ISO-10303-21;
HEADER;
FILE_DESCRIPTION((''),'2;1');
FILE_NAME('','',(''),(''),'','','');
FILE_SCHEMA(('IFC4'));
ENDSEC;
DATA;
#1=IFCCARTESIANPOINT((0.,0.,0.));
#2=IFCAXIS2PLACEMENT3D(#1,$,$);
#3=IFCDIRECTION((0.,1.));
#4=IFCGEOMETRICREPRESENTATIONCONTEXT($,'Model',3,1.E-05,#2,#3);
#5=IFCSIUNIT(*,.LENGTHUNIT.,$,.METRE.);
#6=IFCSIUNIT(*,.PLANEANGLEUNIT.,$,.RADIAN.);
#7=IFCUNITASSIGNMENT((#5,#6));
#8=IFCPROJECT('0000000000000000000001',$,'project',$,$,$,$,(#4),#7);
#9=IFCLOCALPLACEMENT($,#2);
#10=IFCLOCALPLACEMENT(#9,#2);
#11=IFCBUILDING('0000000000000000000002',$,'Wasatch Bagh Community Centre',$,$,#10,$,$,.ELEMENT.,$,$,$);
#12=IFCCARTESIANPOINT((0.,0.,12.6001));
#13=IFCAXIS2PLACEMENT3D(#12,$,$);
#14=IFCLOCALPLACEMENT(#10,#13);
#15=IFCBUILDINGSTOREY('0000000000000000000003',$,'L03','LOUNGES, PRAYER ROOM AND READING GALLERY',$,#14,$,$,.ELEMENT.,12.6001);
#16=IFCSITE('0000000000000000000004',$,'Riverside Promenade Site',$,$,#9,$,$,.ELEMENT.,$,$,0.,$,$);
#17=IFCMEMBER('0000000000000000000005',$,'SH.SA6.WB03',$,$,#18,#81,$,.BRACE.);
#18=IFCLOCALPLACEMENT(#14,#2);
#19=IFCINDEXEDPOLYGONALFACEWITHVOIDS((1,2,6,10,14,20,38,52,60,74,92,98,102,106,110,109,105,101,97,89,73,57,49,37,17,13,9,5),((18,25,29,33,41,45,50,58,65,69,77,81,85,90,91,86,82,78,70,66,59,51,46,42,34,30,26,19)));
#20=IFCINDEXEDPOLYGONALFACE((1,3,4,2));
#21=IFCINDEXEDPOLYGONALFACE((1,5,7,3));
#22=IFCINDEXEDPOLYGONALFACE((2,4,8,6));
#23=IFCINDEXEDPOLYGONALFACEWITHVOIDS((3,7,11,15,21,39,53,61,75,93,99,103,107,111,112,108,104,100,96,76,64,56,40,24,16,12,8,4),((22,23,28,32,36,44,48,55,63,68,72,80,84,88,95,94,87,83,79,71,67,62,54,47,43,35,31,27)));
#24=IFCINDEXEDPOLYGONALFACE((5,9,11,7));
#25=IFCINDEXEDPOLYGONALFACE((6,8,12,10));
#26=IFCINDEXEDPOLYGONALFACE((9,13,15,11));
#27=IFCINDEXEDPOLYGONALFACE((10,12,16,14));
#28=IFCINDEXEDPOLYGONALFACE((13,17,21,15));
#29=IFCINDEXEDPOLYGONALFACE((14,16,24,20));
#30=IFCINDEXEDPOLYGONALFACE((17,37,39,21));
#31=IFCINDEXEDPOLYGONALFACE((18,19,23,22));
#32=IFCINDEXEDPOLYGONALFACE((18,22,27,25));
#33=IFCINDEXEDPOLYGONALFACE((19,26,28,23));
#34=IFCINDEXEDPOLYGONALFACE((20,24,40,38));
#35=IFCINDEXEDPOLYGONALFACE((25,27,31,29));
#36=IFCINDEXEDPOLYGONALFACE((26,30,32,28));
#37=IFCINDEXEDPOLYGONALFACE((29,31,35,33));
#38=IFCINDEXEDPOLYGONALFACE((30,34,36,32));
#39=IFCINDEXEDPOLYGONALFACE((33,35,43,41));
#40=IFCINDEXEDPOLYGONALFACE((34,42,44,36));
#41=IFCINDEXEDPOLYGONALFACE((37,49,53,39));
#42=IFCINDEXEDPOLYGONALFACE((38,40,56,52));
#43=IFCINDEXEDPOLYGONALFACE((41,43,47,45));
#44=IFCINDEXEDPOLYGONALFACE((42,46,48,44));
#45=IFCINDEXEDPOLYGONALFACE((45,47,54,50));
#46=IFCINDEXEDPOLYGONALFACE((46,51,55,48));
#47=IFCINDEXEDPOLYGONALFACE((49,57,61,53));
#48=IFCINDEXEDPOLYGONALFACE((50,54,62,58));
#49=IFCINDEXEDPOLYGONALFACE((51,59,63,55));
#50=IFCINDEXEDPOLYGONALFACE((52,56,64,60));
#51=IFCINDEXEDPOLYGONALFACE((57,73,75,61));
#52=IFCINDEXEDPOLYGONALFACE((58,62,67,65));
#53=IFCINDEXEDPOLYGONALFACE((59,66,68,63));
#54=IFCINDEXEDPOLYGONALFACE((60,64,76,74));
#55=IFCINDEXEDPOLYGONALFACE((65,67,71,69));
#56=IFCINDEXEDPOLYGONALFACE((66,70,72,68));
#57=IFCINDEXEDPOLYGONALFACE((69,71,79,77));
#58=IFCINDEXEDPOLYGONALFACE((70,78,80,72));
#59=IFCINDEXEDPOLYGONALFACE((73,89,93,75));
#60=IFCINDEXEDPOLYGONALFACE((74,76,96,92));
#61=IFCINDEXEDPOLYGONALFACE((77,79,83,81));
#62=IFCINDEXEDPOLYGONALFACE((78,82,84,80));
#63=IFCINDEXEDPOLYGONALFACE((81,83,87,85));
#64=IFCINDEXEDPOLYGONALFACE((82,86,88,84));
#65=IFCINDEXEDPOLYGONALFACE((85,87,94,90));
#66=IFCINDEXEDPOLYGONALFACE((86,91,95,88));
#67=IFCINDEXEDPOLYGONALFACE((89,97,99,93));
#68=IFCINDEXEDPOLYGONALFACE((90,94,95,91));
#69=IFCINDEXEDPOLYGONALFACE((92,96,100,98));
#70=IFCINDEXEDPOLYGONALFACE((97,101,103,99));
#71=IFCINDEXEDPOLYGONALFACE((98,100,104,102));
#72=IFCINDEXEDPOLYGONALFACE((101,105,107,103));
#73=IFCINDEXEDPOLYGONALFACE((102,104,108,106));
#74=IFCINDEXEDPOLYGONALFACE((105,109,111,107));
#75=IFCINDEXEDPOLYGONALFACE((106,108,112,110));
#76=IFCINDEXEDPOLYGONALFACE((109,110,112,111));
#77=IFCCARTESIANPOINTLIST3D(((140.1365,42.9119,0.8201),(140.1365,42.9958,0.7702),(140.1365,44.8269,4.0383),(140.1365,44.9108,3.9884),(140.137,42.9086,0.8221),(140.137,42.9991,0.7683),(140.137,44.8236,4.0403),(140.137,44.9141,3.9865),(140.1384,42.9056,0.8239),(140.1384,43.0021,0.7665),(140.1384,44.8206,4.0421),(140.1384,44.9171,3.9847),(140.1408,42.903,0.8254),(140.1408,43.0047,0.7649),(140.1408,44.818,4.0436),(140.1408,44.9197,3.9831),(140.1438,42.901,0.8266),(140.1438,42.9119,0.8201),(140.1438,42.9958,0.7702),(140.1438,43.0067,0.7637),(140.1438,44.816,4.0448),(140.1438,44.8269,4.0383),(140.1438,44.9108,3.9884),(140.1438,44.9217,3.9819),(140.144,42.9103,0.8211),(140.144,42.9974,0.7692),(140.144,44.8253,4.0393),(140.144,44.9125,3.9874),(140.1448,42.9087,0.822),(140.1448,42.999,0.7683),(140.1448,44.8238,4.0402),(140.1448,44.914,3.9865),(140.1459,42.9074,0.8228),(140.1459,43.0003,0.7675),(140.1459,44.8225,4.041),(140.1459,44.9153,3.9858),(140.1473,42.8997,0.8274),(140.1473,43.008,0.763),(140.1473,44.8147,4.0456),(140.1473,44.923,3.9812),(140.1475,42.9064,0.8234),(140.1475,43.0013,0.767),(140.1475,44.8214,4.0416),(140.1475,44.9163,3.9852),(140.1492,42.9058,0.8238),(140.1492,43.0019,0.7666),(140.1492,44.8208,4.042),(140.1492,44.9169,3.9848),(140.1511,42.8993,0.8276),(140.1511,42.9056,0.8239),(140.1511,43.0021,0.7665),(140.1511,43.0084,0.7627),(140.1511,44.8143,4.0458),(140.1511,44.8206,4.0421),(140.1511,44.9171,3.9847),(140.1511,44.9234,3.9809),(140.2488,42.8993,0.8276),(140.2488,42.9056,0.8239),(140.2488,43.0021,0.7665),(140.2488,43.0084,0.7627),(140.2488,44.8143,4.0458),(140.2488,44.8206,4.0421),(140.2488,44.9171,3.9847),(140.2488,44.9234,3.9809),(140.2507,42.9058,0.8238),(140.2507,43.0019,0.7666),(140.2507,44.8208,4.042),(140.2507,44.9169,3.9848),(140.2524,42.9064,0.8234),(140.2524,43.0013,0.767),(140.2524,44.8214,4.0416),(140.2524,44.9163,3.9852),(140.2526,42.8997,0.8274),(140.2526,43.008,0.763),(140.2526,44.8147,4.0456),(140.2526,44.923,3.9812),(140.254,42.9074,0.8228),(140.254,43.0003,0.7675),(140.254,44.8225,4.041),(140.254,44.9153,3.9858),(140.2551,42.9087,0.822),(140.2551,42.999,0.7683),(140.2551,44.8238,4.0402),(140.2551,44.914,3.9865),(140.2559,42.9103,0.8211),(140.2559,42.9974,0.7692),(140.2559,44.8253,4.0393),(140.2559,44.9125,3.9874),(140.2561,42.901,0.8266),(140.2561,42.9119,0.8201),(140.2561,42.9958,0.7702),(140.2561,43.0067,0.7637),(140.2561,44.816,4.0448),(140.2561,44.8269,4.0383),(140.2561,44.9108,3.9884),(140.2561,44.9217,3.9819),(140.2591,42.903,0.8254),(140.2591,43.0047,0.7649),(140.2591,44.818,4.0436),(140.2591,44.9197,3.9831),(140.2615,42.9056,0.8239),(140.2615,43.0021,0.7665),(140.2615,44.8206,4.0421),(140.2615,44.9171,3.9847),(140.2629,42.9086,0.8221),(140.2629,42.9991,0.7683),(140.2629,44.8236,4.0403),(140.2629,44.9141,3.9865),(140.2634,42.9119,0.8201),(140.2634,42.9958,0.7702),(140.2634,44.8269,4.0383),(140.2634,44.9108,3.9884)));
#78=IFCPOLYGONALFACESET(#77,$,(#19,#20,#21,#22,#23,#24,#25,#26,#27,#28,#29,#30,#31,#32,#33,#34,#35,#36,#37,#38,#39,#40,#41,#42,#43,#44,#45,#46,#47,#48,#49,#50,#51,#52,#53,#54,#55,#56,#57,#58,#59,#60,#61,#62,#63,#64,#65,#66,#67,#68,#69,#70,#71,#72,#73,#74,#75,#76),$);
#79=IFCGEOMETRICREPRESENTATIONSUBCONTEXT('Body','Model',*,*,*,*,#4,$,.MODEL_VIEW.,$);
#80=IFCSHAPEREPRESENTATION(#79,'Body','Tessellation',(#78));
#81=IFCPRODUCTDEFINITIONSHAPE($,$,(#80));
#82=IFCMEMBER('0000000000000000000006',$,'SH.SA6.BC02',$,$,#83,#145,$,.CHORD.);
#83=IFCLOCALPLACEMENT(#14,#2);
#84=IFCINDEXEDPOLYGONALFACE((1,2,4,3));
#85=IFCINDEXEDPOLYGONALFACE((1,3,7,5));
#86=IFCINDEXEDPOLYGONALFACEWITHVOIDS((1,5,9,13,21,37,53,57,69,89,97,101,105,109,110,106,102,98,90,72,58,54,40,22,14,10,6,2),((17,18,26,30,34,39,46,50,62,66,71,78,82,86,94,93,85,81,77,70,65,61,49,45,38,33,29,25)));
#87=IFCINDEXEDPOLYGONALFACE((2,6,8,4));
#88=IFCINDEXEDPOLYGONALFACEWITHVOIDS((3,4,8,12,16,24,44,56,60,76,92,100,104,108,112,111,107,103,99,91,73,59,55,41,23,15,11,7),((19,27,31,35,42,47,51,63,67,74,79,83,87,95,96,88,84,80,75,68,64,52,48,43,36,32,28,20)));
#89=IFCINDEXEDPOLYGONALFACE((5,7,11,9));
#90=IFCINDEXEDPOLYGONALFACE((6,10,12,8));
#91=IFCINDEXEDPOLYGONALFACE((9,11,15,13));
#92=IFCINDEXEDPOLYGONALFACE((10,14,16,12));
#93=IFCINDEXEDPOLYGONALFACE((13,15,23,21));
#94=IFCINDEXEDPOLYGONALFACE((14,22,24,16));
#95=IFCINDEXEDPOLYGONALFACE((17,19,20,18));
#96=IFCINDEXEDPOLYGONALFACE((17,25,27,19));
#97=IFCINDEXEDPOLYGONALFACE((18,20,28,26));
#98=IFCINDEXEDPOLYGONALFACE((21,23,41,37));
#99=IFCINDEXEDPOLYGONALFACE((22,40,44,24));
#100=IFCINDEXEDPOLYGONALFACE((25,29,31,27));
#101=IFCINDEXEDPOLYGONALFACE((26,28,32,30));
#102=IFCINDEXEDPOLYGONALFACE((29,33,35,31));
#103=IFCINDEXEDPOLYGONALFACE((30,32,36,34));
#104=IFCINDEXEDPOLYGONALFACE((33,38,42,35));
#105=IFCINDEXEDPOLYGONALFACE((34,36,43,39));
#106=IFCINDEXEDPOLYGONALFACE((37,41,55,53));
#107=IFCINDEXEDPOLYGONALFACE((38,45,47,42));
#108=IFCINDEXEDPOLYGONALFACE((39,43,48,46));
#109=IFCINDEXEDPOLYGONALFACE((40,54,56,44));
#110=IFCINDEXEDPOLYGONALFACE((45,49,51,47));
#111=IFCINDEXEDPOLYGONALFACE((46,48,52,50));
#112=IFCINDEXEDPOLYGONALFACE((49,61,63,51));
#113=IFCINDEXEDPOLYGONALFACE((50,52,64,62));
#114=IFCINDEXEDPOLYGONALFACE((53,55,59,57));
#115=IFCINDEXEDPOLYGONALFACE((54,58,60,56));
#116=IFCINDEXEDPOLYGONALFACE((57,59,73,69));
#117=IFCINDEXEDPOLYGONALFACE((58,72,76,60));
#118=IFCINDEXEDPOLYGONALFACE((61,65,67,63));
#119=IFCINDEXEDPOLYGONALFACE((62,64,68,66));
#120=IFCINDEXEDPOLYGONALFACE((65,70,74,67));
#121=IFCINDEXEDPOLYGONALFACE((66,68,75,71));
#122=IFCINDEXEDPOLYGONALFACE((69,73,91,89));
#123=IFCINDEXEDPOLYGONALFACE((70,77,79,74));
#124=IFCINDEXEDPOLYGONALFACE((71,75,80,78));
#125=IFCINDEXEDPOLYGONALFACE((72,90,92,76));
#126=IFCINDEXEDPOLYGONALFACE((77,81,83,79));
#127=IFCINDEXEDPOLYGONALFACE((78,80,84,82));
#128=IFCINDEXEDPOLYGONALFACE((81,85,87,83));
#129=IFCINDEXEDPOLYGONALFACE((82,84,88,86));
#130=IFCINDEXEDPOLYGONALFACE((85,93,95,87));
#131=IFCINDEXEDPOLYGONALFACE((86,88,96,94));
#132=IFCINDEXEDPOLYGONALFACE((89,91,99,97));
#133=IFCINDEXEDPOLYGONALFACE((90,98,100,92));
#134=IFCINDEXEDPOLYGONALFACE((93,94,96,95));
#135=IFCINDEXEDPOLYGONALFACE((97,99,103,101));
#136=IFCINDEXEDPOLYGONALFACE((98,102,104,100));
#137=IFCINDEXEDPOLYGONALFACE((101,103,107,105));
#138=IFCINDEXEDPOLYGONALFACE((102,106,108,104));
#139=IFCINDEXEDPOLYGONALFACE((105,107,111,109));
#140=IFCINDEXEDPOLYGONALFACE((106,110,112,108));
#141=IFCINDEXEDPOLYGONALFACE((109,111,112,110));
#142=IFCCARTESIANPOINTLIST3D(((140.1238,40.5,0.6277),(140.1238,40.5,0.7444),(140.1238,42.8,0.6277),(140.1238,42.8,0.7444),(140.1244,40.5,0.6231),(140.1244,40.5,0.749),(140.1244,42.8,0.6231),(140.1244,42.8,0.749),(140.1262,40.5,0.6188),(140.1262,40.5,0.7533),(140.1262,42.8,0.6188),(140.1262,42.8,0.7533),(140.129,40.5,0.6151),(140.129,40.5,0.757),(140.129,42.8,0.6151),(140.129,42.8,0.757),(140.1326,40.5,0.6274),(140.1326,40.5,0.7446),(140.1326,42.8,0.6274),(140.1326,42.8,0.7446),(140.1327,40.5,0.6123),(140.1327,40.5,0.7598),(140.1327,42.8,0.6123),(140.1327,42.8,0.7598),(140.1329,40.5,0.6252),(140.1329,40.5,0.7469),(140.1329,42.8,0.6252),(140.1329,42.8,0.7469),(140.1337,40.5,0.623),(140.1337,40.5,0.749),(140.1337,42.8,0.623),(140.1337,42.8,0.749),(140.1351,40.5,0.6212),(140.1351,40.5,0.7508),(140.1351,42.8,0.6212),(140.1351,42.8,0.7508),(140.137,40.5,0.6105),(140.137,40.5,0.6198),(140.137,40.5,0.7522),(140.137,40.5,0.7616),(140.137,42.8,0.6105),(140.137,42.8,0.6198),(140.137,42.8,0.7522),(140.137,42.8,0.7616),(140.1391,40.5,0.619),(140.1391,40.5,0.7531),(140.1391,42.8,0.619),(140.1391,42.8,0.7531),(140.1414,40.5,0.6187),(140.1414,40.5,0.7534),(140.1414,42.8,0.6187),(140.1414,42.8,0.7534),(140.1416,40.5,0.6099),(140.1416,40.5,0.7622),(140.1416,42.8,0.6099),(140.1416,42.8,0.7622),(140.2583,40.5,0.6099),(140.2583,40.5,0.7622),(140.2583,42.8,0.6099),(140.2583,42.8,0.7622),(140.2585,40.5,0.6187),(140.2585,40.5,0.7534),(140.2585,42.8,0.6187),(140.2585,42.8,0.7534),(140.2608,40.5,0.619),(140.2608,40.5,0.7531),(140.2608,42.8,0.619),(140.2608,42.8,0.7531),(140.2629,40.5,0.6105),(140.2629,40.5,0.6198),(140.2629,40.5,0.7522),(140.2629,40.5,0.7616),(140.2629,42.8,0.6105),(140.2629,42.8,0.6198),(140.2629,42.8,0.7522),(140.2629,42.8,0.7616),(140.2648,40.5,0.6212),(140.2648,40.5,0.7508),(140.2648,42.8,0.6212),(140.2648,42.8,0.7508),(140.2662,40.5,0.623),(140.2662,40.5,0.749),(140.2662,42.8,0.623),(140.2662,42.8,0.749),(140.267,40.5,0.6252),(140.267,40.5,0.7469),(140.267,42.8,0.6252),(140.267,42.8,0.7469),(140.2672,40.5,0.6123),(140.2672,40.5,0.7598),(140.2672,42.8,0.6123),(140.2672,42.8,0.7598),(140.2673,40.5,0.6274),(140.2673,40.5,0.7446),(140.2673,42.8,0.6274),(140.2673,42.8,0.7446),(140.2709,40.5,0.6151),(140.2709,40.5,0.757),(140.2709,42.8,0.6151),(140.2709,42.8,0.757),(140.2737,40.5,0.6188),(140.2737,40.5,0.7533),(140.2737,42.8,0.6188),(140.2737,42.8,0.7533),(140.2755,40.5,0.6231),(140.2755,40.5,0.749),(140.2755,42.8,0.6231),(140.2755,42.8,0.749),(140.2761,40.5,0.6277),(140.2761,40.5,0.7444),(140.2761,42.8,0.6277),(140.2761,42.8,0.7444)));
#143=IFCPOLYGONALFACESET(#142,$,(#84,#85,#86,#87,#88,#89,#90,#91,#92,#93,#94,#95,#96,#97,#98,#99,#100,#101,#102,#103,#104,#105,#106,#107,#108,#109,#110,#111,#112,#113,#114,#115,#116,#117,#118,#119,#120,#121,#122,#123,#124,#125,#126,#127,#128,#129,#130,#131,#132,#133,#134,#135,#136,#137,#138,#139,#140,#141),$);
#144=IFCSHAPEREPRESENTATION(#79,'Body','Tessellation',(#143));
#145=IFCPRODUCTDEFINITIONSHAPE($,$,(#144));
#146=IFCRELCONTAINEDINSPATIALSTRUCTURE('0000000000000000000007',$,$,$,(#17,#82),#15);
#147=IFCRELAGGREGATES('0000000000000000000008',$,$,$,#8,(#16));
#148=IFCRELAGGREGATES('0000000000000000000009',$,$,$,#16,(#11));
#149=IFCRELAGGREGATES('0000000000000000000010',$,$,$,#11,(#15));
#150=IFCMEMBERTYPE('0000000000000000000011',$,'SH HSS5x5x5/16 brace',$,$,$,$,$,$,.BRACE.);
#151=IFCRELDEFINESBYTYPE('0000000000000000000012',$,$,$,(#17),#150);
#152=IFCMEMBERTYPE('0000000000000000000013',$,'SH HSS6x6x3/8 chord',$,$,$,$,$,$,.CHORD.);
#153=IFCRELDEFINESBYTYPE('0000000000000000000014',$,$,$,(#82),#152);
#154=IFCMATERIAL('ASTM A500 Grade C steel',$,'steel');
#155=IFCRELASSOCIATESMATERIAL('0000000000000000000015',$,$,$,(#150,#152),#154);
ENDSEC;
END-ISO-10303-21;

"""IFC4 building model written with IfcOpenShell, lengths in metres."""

from ifc_helpers import new_model, si_unit, direction, frame, origin, origin_2d, place, context, subcontext, project, spatial, hollow_rectangle, extrude, material, material_profile, profile_set, type_object, element, save


model = new_model("IFC4")

# Units and contexts
model_context = context("Model", 3, precision=1e-05, world=origin(), true_north=direction((0.0, 1.0)))
body_context = subcontext(model_context, "Body", "Model", "MODEL_VIEW")
ifc_project = project(units=[si_unit("LENGTHUNIT", "METRE"), si_unit("PLANEANGLEUNIT", "RADIAN")], contexts=[model_context])

# Site, building, storey
site_placement = place(None, origin())
site = spatial("IfcSite", under=ifc_project, at=site_placement, Name="Riverside Promenade Site", CompositionType="ELEMENT", RefElevation=0.0)
building_placement = place(site_placement, origin())
building = spatial("IfcBuilding", under=site, at=building_placement, Name="Wasatch Bagh Community Centre", CompositionType="ELEMENT")
storey_placement = place(building_placement, frame((0.0, 0.0, 12.6001)))
storey = spatial("IfcBuildingStorey", under=building, at=storey_placement, Name="L03", Description="LOUNGES, PRAYER ROOM AND READING GALLERY", CompositionType="ELEMENT", Elevation=12.6001)

# Members
ifc_material_1 = material(Name="ASTM A500 Grade C steel", Category="steel")
ifc_material_profile_1 = material_profile(ifc_material_1, hollow_rectangle(XDim=0.127, YDim=0.127, WallThickness=0.0073, InnerFilletRadius=0.0073, OuterFilletRadius=0.0146, at=origin_2d()), Name="HSS5x5x5/16")
ifc_profile_set_1 = profile_set([ifc_material_profile_1], Name="ASTM A500 Grade C steel")
member_type_1 = type_object("IfcMemberType", Name="SH HSS5x5x5/16 brace", PredefinedType="BRACE", material=ifc_profile_set_1)
member_1_placement = place(storey_placement, frame((140.2, 42.9539, 0.7952), z_axis=(0.0, 0.511367, 0.859362), x_axis=(-1.0, 0.0, 0.0)))
element("IfcMember", 1, at=member_1_placement, inside=storey, type_object=member_type_1, Name="SH.SA6.WB03", PredefinedType="BRACE", context=body_context, shape_type="SweptSolid", body=[
    extrude(hollow_rectangle(XDim=0.127, YDim=0.127, WallThickness=0.0073, InnerFilletRadius=0.0073, OuterFilletRadius=0.0146, at=origin_2d()), origin(), (0.0, 0.0, 1.0), 3.7449),
])
ifc_material_profile_2 = material_profile(ifc_material_1, hollow_rectangle(XDim=0.1523, YDim=0.1523, WallThickness=0.0088, InnerFilletRadius=0.0088, OuterFilletRadius=0.0178, at=origin_2d()), Name="HSS6x6x3/8")
ifc_profile_set_2 = profile_set([ifc_material_profile_2], Name="ASTM A500 Grade C steel")
member_type_2 = type_object("IfcMemberType", Name="SH HSS6x6x3/8 chord", PredefinedType="CHORD", material=ifc_profile_set_2)
for number, where, z_axis, x_axis, name in (
    (2, (140.2, 40.5, 0.686), (0.0, 1.0, 0.0), (-1.0, 0.0, 0.0), "SH.SA6.BC02"),
):
    element("IfcMember", number, at=place(storey_placement, frame(where, z_axis=z_axis, x_axis=x_axis)), inside=storey, type_object=member_type_2, Name=name, PredefinedType="CHORD", context=body_context, shape_type="SweptSolid", body=[
        extrude(hollow_rectangle(XDim=0.1523, YDim=0.1523, WallThickness=0.0088, InnerFilletRadius=0.0088, OuterFilletRadius=0.0178, at=origin_2d()), origin(), (0.0, 0.0, 1.0), 2.3),
    ])

save(model, "model.ifc")
